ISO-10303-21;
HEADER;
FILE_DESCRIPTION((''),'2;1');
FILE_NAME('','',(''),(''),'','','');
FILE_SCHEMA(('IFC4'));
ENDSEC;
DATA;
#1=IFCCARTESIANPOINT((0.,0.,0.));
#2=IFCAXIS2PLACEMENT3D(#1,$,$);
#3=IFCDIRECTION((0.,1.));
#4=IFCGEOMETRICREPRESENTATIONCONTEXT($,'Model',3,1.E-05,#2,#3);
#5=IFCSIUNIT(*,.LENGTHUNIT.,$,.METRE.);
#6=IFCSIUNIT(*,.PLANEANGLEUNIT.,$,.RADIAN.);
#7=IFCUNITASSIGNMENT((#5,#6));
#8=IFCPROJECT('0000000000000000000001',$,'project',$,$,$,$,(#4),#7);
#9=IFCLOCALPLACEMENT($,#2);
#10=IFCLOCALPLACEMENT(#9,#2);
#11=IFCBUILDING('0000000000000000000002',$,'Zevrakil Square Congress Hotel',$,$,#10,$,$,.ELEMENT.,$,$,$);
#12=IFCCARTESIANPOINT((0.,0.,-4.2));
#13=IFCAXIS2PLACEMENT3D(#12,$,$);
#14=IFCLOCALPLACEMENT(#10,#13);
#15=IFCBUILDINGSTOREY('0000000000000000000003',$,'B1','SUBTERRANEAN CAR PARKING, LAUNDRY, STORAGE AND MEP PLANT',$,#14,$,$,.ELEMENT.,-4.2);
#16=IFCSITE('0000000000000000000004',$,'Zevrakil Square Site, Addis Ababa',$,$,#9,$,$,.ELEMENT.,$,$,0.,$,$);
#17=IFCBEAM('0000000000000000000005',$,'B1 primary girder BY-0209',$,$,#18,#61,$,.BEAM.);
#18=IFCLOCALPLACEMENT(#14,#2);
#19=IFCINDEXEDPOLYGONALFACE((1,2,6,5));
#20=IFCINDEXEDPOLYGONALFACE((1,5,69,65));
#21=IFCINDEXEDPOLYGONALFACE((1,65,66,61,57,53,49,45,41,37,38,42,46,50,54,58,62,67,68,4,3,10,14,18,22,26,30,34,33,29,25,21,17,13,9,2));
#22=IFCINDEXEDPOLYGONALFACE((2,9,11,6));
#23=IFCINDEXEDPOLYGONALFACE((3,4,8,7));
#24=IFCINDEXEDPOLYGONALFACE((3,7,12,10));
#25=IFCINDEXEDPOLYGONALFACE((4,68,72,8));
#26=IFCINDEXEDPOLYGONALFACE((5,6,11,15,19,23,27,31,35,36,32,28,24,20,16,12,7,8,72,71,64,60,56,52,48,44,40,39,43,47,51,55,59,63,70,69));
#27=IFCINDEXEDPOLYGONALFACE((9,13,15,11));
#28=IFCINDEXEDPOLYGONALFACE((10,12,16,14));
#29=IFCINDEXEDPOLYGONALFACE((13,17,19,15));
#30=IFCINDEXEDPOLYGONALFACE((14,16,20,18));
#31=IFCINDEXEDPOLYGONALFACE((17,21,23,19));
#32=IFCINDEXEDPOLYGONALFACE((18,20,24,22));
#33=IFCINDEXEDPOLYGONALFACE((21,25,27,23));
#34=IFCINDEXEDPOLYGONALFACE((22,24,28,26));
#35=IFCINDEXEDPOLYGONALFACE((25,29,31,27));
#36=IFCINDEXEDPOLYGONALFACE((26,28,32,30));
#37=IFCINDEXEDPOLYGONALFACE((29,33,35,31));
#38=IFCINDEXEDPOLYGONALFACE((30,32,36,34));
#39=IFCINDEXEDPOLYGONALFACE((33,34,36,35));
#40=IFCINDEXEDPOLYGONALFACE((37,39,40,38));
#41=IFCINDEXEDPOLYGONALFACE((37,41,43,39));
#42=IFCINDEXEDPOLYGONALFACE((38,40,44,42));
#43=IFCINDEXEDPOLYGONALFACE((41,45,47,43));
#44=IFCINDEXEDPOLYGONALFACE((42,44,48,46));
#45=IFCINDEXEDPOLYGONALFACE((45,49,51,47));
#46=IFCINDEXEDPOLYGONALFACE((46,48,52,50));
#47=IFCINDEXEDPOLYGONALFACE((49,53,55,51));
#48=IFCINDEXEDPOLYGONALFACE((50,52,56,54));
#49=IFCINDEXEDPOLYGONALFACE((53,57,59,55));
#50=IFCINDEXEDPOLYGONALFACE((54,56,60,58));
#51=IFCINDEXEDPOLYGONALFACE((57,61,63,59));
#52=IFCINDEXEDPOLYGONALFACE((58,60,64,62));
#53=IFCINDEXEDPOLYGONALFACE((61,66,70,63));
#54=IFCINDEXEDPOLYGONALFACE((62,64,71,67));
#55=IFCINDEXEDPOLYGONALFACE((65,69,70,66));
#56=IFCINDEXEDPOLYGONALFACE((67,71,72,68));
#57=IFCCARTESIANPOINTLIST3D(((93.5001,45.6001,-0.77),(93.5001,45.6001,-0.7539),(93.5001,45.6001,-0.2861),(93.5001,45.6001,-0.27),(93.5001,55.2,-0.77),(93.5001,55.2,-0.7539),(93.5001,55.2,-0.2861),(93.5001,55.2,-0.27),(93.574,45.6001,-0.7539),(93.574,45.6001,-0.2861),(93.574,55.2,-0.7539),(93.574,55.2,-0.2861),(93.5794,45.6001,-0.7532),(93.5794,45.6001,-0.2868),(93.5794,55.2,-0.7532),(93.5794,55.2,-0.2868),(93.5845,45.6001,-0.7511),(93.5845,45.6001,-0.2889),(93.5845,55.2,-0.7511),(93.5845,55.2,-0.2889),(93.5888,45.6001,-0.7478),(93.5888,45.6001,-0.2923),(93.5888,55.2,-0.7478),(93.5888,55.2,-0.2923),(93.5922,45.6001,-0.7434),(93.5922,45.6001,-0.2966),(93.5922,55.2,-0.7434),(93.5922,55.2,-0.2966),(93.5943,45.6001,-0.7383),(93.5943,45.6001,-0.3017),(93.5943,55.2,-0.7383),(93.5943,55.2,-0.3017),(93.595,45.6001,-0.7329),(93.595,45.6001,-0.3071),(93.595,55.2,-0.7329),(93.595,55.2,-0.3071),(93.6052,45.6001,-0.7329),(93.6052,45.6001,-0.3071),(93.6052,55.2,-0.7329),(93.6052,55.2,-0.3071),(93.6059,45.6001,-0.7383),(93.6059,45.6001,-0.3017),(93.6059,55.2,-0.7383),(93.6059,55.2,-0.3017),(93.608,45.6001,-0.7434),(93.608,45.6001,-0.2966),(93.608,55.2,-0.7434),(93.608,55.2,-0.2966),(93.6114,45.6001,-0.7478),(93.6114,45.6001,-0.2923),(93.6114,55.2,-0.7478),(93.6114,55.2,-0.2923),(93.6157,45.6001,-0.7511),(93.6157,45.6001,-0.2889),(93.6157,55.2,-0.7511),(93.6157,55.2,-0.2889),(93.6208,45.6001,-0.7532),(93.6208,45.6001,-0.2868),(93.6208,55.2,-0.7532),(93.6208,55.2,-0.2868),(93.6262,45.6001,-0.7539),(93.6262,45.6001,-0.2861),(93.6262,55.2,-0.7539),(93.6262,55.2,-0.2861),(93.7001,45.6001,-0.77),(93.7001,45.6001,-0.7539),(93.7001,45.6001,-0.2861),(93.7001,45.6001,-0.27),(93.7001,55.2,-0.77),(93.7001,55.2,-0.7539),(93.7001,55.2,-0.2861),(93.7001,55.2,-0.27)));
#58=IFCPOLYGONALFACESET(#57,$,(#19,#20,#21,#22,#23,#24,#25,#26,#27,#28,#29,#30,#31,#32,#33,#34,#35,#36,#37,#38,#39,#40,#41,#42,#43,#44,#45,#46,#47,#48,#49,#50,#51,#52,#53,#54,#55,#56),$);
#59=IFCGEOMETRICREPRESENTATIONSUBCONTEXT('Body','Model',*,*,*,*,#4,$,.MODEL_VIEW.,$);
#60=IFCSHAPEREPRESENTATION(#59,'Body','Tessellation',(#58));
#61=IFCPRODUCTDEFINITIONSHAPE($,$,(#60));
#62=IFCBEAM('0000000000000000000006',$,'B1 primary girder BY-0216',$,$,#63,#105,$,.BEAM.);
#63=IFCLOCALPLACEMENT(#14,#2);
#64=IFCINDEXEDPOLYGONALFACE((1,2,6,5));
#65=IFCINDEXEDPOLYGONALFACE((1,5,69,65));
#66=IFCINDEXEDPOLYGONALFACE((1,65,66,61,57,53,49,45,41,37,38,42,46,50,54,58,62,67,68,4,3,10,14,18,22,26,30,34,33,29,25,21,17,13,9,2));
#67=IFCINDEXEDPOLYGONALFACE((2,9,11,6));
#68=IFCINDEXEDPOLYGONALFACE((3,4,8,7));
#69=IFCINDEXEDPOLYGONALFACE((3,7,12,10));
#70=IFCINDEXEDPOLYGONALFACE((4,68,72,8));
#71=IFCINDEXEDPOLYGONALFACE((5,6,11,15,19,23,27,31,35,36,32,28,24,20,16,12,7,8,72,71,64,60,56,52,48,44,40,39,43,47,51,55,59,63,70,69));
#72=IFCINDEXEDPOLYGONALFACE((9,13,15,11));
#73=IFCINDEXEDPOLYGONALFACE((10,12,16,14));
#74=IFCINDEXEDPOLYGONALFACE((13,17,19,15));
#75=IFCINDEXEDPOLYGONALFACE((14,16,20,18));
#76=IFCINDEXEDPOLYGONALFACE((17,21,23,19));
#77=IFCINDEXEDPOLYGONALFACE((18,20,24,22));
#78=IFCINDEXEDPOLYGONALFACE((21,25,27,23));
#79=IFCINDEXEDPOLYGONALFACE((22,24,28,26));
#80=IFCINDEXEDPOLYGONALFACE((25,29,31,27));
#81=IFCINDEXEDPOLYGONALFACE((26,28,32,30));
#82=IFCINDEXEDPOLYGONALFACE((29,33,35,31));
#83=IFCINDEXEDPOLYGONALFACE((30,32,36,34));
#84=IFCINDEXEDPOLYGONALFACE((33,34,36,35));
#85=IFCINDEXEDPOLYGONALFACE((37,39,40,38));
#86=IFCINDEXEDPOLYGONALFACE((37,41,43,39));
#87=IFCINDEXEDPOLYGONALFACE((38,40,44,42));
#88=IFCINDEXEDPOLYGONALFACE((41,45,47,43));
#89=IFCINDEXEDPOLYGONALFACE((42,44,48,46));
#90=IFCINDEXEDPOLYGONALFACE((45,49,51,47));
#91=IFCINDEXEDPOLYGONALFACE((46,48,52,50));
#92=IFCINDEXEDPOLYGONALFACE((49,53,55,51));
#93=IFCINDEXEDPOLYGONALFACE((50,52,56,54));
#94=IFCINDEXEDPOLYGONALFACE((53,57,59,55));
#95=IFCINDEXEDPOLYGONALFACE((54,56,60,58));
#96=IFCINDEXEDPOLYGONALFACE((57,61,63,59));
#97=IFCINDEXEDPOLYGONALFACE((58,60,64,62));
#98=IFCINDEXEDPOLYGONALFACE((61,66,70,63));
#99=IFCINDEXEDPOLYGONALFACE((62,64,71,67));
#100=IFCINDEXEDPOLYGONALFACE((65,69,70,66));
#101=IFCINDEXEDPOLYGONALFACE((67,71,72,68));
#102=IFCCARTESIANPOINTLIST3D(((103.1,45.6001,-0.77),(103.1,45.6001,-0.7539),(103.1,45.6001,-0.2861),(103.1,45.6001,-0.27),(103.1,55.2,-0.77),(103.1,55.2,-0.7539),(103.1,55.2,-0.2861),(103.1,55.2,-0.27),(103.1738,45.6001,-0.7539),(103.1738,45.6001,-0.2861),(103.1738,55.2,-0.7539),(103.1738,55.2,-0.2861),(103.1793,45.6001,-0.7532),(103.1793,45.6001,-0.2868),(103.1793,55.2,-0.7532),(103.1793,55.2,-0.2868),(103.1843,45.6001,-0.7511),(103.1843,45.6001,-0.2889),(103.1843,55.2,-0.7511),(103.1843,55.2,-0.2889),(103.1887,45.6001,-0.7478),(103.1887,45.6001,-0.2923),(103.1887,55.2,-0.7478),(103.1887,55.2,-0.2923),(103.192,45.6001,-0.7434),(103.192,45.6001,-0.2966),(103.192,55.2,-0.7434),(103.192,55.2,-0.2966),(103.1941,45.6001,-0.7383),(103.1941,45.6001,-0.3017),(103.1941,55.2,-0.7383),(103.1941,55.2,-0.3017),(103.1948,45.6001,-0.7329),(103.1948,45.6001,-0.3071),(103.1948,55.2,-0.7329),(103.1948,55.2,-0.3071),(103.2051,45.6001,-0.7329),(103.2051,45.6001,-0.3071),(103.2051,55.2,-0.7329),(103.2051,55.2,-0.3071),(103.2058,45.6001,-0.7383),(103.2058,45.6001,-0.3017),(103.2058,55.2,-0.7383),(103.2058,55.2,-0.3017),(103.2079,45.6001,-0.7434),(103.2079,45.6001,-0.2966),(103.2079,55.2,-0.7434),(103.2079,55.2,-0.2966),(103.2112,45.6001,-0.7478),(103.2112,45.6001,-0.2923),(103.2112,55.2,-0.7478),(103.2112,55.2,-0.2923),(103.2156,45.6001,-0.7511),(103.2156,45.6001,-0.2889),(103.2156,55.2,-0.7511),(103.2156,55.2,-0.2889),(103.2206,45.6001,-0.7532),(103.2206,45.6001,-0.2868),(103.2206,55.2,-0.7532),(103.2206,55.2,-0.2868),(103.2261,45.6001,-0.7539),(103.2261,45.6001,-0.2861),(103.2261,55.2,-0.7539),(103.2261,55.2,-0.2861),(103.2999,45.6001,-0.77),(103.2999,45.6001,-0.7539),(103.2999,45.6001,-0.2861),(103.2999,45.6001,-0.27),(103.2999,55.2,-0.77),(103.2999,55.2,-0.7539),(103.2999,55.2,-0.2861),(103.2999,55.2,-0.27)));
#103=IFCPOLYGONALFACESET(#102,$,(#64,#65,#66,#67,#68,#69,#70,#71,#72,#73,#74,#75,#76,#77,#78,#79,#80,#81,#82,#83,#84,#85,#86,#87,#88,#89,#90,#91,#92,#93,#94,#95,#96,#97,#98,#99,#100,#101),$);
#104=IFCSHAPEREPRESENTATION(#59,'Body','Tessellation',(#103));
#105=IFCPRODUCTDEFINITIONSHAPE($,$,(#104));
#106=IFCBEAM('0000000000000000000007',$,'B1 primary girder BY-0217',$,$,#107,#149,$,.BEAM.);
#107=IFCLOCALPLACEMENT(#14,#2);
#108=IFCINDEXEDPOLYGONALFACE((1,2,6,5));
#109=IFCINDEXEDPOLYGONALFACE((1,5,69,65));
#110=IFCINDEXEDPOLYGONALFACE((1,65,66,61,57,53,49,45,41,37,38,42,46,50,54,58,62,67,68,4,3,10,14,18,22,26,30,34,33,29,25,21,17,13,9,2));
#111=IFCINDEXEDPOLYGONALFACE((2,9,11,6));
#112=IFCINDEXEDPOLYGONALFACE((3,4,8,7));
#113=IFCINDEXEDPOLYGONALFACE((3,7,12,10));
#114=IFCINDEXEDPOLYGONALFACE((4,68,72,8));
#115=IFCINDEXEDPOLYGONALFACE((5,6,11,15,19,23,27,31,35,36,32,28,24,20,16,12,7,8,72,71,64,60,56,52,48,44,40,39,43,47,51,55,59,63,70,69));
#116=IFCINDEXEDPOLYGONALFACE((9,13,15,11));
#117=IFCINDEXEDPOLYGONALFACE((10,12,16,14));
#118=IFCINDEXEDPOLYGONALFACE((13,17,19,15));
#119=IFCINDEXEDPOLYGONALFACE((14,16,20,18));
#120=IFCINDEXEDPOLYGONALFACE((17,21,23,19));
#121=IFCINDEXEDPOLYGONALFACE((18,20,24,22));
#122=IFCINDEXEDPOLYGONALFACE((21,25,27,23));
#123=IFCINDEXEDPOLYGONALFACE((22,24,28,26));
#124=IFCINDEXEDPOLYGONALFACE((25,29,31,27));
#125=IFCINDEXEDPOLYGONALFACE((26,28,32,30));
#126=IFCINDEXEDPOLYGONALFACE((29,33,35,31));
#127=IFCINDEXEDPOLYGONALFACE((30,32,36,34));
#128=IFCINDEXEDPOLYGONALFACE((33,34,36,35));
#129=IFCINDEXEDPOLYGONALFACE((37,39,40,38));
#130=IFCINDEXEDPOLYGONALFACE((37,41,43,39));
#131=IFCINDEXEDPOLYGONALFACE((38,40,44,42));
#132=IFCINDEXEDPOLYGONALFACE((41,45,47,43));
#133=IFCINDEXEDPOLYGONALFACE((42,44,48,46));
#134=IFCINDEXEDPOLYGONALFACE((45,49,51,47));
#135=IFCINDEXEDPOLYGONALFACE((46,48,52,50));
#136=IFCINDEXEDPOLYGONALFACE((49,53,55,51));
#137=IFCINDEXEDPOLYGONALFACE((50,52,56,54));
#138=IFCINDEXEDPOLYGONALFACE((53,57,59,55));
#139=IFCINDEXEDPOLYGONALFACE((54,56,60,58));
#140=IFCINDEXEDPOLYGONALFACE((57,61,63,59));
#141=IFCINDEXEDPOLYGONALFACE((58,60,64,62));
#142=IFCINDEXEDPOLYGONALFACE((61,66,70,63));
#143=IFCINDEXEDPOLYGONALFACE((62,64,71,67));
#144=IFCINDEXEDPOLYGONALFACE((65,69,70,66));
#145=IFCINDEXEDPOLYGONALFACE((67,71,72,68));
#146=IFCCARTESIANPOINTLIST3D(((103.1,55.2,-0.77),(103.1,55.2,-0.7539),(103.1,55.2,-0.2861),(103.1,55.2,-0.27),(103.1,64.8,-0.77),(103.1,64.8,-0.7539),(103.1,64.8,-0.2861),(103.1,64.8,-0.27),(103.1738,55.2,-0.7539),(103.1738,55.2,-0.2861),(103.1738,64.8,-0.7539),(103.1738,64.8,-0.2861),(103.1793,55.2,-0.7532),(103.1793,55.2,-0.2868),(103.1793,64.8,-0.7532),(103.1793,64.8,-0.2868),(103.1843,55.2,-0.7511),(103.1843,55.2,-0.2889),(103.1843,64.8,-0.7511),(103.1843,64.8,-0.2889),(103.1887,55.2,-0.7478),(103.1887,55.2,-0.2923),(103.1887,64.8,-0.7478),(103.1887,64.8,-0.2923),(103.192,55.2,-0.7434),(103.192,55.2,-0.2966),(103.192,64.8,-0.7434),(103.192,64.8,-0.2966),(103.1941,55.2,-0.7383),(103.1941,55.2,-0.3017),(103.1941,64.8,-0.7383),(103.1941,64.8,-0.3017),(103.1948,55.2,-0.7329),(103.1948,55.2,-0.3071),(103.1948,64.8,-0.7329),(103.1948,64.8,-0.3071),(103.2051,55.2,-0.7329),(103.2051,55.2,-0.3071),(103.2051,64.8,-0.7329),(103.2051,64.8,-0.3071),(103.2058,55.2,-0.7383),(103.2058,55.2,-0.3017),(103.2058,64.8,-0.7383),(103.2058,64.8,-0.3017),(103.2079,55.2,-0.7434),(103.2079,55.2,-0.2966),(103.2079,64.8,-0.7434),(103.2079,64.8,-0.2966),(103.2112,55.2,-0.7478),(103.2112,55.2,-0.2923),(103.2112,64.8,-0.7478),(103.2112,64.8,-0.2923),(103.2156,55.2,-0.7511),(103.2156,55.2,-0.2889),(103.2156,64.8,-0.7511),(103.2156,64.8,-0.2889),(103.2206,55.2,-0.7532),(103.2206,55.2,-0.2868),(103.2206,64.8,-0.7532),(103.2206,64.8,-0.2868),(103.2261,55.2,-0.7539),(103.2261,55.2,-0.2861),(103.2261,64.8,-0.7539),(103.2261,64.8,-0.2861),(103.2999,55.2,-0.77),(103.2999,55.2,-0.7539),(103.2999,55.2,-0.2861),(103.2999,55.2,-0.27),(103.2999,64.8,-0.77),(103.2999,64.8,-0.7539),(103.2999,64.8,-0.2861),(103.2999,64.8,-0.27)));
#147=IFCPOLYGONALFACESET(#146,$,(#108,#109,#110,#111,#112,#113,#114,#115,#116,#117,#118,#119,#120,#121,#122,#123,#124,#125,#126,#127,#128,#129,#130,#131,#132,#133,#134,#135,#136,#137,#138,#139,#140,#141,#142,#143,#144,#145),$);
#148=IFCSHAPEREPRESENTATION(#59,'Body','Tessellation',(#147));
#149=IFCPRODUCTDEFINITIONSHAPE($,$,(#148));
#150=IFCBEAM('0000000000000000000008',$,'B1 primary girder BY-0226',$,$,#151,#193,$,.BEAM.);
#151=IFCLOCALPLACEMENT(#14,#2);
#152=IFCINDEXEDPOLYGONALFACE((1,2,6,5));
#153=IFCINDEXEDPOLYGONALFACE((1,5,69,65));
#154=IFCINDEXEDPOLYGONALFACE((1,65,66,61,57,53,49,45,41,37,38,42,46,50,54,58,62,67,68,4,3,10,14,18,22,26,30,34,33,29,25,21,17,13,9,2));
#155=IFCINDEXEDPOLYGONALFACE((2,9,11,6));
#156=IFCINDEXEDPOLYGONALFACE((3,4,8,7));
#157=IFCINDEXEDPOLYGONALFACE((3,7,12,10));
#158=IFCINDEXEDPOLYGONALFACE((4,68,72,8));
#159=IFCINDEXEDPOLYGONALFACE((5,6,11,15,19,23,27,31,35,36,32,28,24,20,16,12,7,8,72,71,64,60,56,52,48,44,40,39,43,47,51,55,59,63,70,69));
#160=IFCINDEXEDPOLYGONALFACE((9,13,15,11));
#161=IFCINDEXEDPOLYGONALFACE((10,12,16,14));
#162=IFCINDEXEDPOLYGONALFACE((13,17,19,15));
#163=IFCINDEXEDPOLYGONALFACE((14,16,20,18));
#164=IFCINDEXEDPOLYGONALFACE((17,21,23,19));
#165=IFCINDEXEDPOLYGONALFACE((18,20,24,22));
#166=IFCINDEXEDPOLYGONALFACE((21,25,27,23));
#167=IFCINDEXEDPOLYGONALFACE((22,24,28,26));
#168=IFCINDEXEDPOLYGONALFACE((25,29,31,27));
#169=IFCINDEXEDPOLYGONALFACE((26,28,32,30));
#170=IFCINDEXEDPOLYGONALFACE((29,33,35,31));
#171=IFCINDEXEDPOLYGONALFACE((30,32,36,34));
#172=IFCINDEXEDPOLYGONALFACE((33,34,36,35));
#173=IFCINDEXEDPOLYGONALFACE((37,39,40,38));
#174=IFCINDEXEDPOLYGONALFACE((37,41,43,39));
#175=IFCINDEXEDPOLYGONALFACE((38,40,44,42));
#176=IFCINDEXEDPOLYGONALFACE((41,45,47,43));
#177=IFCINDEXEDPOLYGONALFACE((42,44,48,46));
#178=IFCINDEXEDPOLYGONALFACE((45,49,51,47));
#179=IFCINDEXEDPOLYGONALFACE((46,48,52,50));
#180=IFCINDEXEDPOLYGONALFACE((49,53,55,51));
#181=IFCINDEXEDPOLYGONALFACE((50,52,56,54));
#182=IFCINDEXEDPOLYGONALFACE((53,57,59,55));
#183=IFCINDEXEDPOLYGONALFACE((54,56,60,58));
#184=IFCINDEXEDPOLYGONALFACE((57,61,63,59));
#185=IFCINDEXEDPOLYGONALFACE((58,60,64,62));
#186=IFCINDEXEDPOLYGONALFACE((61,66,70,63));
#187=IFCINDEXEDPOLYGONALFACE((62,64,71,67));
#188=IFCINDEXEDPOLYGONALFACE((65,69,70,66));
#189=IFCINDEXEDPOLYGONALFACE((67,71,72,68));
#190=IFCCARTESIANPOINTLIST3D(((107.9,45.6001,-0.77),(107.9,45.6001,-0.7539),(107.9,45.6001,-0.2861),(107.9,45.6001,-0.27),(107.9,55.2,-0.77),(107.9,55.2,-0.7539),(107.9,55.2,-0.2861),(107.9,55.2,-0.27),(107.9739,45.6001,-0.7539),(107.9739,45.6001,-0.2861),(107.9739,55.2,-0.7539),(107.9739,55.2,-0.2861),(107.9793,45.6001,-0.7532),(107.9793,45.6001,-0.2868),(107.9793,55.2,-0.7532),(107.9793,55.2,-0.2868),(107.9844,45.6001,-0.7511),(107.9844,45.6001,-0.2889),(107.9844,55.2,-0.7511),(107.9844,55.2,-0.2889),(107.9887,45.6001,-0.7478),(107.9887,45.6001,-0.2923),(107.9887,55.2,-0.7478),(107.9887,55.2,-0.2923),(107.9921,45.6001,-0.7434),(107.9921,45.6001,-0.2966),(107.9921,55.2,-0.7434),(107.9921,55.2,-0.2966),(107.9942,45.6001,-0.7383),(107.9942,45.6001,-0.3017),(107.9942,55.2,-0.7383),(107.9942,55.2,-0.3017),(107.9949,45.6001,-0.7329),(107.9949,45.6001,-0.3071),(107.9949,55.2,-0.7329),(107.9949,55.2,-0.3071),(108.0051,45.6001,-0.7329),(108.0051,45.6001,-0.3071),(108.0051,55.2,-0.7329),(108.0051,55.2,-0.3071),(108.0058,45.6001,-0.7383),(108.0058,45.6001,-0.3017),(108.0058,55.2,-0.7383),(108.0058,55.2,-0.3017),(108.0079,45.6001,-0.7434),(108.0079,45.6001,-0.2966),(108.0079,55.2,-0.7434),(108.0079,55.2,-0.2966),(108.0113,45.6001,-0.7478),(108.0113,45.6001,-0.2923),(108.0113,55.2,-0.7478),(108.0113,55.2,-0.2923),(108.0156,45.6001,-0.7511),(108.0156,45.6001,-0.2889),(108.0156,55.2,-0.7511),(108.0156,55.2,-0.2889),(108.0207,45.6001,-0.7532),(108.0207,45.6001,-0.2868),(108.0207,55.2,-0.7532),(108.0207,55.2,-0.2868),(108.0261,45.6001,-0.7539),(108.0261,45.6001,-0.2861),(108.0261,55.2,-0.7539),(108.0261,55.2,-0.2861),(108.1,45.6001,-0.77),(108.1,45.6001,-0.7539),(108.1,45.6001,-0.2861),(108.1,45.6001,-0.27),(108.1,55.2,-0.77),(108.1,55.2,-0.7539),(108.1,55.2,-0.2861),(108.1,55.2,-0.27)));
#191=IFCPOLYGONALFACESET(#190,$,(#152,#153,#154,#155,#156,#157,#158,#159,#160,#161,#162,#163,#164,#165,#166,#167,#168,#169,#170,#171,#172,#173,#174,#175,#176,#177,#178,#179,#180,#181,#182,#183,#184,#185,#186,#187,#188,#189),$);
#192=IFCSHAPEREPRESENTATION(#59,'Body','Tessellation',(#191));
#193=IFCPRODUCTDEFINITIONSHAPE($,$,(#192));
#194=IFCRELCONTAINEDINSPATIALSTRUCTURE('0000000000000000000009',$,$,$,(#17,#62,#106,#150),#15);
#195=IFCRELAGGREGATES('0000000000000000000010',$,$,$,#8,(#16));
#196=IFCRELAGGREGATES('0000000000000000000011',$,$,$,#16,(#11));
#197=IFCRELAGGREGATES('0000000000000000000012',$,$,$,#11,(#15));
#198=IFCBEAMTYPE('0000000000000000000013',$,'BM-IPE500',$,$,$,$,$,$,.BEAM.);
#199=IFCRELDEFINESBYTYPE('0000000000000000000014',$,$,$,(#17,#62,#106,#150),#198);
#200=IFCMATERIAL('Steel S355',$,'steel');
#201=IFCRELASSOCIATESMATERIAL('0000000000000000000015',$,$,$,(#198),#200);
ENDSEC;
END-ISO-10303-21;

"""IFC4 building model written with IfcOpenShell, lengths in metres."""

from ifc_helpers import new_model, si_unit, direction, frame, origin, origin_2d, place, context, subcontext, project, spatial, i_section, extrude, material, material_profile, profile_set, type_object, element, save


model = new_model("IFC4")

# Units and contexts
model_context = context("Model", 3, precision=1e-05, world=origin(), true_north=direction((0.0, 1.0)))
body_context = subcontext(model_context, "Body", "Model", "MODEL_VIEW")
ifc_project = project(units=[si_unit("LENGTHUNIT", "METRE"), si_unit("PLANEANGLEUNIT", "RADIAN")], contexts=[model_context])

# Site, building, storey
site_placement = place(None, origin())
site = spatial("IfcSite", under=ifc_project, at=site_placement, Name="Zevrakil Square Site, Addis Ababa", CompositionType="ELEMENT", RefElevation=0.0)
building_placement = place(site_placement, origin())
building = spatial("IfcBuilding", under=site, at=building_placement, Name="Zevrakil Square Congress Hotel", CompositionType="ELEMENT")
storey_placement = place(building_placement, frame((0.0, 0.0, -4.2)))
storey = spatial("IfcBuildingStorey", under=building, at=storey_placement, Name="B1", Description="SUBTERRANEAN CAR PARKING, LAUNDRY, STORAGE AND MEP PLANT", CompositionType="ELEMENT", Elevation=-4.2)

# Beams
ifc_material_1 = material(Name="Steel S355", Category="steel")
ifc_material_profile_1 = material_profile(ifc_material_1, i_section(OverallWidth=0.2, OverallDepth=0.5, WebThickness=0.0103, FlangeThickness=0.0161, FilletRadius=0.021, at=origin_2d()), Name="IPE 500")
ifc_profile_set_1 = profile_set([ifc_material_profile_1], Name="Steel S355")
beam_type_1 = type_object("IfcBeamType", Name="BM-IPE500", PredefinedType="BEAM", material=ifc_profile_set_1)
for number, where, z_axis, x_axis, name in (
    (1, (93.6001, 45.6001, -0.52), (0.0, 1.0, 0.0), (-1.0, 0.0, 0.0), "B1 primary girder BY-0209"),
    (2, (103.2, 45.6001, -0.52), (0.0, 1.0, 0.0), (-1.0, 0.0, 0.0), "B1 primary girder BY-0216"),
):
    element("IfcBeam", number, at=place(storey_placement, frame(where, z_axis=z_axis, x_axis=x_axis)), inside=storey, type_object=beam_type_1, Name=name, PredefinedType="BEAM", context=body_context, shape_type="SweptSolid", body=[
        extrude(i_section(OverallWidth=0.2, OverallDepth=0.5, WebThickness=0.0103, FlangeThickness=0.0161, FilletRadius=0.021, at=origin_2d()), origin(), (0.0, 0.0, 1.0), 9.5999),
    ])
beam_1_placement = place(storey_placement, frame((103.2, 55.2, -0.52), z_axis=(0.0, 1.0, 0.0), x_axis=(-1.0, 0.0, 0.0)))
element("IfcBeam", 3, at=beam_1_placement, inside=storey, type_object=beam_type_1, Name="B1 primary girder BY-0217", PredefinedType="BEAM", context=body_context, shape_type="SweptSolid", body=[
    extrude(i_section(OverallWidth=0.2, OverallDepth=0.5, WebThickness=0.0103, FlangeThickness=0.0161, FilletRadius=0.021, at=origin_2d()), origin(), (0.0, 0.0, 1.0), 9.6001),
])
beam_2_placement = place(storey_placement, frame((108.0, 45.6001, -0.52), z_axis=(0.0, 1.0, 0.0), x_axis=(-1.0, 0.0, 0.0)))
element("IfcBeam", 4, at=beam_2_placement, inside=storey, type_object=beam_type_1, Name="B1 primary girder BY-0226", PredefinedType="BEAM", context=body_context, shape_type="SweptSolid", body=[
    extrude(i_section(OverallWidth=0.2, OverallDepth=0.5, WebThickness=0.0103, FlangeThickness=0.0161, FilletRadius=0.021, at=origin_2d()), origin(), (0.0, 0.0, 1.0), 9.5999),
])

save(model, "model.ifc")
